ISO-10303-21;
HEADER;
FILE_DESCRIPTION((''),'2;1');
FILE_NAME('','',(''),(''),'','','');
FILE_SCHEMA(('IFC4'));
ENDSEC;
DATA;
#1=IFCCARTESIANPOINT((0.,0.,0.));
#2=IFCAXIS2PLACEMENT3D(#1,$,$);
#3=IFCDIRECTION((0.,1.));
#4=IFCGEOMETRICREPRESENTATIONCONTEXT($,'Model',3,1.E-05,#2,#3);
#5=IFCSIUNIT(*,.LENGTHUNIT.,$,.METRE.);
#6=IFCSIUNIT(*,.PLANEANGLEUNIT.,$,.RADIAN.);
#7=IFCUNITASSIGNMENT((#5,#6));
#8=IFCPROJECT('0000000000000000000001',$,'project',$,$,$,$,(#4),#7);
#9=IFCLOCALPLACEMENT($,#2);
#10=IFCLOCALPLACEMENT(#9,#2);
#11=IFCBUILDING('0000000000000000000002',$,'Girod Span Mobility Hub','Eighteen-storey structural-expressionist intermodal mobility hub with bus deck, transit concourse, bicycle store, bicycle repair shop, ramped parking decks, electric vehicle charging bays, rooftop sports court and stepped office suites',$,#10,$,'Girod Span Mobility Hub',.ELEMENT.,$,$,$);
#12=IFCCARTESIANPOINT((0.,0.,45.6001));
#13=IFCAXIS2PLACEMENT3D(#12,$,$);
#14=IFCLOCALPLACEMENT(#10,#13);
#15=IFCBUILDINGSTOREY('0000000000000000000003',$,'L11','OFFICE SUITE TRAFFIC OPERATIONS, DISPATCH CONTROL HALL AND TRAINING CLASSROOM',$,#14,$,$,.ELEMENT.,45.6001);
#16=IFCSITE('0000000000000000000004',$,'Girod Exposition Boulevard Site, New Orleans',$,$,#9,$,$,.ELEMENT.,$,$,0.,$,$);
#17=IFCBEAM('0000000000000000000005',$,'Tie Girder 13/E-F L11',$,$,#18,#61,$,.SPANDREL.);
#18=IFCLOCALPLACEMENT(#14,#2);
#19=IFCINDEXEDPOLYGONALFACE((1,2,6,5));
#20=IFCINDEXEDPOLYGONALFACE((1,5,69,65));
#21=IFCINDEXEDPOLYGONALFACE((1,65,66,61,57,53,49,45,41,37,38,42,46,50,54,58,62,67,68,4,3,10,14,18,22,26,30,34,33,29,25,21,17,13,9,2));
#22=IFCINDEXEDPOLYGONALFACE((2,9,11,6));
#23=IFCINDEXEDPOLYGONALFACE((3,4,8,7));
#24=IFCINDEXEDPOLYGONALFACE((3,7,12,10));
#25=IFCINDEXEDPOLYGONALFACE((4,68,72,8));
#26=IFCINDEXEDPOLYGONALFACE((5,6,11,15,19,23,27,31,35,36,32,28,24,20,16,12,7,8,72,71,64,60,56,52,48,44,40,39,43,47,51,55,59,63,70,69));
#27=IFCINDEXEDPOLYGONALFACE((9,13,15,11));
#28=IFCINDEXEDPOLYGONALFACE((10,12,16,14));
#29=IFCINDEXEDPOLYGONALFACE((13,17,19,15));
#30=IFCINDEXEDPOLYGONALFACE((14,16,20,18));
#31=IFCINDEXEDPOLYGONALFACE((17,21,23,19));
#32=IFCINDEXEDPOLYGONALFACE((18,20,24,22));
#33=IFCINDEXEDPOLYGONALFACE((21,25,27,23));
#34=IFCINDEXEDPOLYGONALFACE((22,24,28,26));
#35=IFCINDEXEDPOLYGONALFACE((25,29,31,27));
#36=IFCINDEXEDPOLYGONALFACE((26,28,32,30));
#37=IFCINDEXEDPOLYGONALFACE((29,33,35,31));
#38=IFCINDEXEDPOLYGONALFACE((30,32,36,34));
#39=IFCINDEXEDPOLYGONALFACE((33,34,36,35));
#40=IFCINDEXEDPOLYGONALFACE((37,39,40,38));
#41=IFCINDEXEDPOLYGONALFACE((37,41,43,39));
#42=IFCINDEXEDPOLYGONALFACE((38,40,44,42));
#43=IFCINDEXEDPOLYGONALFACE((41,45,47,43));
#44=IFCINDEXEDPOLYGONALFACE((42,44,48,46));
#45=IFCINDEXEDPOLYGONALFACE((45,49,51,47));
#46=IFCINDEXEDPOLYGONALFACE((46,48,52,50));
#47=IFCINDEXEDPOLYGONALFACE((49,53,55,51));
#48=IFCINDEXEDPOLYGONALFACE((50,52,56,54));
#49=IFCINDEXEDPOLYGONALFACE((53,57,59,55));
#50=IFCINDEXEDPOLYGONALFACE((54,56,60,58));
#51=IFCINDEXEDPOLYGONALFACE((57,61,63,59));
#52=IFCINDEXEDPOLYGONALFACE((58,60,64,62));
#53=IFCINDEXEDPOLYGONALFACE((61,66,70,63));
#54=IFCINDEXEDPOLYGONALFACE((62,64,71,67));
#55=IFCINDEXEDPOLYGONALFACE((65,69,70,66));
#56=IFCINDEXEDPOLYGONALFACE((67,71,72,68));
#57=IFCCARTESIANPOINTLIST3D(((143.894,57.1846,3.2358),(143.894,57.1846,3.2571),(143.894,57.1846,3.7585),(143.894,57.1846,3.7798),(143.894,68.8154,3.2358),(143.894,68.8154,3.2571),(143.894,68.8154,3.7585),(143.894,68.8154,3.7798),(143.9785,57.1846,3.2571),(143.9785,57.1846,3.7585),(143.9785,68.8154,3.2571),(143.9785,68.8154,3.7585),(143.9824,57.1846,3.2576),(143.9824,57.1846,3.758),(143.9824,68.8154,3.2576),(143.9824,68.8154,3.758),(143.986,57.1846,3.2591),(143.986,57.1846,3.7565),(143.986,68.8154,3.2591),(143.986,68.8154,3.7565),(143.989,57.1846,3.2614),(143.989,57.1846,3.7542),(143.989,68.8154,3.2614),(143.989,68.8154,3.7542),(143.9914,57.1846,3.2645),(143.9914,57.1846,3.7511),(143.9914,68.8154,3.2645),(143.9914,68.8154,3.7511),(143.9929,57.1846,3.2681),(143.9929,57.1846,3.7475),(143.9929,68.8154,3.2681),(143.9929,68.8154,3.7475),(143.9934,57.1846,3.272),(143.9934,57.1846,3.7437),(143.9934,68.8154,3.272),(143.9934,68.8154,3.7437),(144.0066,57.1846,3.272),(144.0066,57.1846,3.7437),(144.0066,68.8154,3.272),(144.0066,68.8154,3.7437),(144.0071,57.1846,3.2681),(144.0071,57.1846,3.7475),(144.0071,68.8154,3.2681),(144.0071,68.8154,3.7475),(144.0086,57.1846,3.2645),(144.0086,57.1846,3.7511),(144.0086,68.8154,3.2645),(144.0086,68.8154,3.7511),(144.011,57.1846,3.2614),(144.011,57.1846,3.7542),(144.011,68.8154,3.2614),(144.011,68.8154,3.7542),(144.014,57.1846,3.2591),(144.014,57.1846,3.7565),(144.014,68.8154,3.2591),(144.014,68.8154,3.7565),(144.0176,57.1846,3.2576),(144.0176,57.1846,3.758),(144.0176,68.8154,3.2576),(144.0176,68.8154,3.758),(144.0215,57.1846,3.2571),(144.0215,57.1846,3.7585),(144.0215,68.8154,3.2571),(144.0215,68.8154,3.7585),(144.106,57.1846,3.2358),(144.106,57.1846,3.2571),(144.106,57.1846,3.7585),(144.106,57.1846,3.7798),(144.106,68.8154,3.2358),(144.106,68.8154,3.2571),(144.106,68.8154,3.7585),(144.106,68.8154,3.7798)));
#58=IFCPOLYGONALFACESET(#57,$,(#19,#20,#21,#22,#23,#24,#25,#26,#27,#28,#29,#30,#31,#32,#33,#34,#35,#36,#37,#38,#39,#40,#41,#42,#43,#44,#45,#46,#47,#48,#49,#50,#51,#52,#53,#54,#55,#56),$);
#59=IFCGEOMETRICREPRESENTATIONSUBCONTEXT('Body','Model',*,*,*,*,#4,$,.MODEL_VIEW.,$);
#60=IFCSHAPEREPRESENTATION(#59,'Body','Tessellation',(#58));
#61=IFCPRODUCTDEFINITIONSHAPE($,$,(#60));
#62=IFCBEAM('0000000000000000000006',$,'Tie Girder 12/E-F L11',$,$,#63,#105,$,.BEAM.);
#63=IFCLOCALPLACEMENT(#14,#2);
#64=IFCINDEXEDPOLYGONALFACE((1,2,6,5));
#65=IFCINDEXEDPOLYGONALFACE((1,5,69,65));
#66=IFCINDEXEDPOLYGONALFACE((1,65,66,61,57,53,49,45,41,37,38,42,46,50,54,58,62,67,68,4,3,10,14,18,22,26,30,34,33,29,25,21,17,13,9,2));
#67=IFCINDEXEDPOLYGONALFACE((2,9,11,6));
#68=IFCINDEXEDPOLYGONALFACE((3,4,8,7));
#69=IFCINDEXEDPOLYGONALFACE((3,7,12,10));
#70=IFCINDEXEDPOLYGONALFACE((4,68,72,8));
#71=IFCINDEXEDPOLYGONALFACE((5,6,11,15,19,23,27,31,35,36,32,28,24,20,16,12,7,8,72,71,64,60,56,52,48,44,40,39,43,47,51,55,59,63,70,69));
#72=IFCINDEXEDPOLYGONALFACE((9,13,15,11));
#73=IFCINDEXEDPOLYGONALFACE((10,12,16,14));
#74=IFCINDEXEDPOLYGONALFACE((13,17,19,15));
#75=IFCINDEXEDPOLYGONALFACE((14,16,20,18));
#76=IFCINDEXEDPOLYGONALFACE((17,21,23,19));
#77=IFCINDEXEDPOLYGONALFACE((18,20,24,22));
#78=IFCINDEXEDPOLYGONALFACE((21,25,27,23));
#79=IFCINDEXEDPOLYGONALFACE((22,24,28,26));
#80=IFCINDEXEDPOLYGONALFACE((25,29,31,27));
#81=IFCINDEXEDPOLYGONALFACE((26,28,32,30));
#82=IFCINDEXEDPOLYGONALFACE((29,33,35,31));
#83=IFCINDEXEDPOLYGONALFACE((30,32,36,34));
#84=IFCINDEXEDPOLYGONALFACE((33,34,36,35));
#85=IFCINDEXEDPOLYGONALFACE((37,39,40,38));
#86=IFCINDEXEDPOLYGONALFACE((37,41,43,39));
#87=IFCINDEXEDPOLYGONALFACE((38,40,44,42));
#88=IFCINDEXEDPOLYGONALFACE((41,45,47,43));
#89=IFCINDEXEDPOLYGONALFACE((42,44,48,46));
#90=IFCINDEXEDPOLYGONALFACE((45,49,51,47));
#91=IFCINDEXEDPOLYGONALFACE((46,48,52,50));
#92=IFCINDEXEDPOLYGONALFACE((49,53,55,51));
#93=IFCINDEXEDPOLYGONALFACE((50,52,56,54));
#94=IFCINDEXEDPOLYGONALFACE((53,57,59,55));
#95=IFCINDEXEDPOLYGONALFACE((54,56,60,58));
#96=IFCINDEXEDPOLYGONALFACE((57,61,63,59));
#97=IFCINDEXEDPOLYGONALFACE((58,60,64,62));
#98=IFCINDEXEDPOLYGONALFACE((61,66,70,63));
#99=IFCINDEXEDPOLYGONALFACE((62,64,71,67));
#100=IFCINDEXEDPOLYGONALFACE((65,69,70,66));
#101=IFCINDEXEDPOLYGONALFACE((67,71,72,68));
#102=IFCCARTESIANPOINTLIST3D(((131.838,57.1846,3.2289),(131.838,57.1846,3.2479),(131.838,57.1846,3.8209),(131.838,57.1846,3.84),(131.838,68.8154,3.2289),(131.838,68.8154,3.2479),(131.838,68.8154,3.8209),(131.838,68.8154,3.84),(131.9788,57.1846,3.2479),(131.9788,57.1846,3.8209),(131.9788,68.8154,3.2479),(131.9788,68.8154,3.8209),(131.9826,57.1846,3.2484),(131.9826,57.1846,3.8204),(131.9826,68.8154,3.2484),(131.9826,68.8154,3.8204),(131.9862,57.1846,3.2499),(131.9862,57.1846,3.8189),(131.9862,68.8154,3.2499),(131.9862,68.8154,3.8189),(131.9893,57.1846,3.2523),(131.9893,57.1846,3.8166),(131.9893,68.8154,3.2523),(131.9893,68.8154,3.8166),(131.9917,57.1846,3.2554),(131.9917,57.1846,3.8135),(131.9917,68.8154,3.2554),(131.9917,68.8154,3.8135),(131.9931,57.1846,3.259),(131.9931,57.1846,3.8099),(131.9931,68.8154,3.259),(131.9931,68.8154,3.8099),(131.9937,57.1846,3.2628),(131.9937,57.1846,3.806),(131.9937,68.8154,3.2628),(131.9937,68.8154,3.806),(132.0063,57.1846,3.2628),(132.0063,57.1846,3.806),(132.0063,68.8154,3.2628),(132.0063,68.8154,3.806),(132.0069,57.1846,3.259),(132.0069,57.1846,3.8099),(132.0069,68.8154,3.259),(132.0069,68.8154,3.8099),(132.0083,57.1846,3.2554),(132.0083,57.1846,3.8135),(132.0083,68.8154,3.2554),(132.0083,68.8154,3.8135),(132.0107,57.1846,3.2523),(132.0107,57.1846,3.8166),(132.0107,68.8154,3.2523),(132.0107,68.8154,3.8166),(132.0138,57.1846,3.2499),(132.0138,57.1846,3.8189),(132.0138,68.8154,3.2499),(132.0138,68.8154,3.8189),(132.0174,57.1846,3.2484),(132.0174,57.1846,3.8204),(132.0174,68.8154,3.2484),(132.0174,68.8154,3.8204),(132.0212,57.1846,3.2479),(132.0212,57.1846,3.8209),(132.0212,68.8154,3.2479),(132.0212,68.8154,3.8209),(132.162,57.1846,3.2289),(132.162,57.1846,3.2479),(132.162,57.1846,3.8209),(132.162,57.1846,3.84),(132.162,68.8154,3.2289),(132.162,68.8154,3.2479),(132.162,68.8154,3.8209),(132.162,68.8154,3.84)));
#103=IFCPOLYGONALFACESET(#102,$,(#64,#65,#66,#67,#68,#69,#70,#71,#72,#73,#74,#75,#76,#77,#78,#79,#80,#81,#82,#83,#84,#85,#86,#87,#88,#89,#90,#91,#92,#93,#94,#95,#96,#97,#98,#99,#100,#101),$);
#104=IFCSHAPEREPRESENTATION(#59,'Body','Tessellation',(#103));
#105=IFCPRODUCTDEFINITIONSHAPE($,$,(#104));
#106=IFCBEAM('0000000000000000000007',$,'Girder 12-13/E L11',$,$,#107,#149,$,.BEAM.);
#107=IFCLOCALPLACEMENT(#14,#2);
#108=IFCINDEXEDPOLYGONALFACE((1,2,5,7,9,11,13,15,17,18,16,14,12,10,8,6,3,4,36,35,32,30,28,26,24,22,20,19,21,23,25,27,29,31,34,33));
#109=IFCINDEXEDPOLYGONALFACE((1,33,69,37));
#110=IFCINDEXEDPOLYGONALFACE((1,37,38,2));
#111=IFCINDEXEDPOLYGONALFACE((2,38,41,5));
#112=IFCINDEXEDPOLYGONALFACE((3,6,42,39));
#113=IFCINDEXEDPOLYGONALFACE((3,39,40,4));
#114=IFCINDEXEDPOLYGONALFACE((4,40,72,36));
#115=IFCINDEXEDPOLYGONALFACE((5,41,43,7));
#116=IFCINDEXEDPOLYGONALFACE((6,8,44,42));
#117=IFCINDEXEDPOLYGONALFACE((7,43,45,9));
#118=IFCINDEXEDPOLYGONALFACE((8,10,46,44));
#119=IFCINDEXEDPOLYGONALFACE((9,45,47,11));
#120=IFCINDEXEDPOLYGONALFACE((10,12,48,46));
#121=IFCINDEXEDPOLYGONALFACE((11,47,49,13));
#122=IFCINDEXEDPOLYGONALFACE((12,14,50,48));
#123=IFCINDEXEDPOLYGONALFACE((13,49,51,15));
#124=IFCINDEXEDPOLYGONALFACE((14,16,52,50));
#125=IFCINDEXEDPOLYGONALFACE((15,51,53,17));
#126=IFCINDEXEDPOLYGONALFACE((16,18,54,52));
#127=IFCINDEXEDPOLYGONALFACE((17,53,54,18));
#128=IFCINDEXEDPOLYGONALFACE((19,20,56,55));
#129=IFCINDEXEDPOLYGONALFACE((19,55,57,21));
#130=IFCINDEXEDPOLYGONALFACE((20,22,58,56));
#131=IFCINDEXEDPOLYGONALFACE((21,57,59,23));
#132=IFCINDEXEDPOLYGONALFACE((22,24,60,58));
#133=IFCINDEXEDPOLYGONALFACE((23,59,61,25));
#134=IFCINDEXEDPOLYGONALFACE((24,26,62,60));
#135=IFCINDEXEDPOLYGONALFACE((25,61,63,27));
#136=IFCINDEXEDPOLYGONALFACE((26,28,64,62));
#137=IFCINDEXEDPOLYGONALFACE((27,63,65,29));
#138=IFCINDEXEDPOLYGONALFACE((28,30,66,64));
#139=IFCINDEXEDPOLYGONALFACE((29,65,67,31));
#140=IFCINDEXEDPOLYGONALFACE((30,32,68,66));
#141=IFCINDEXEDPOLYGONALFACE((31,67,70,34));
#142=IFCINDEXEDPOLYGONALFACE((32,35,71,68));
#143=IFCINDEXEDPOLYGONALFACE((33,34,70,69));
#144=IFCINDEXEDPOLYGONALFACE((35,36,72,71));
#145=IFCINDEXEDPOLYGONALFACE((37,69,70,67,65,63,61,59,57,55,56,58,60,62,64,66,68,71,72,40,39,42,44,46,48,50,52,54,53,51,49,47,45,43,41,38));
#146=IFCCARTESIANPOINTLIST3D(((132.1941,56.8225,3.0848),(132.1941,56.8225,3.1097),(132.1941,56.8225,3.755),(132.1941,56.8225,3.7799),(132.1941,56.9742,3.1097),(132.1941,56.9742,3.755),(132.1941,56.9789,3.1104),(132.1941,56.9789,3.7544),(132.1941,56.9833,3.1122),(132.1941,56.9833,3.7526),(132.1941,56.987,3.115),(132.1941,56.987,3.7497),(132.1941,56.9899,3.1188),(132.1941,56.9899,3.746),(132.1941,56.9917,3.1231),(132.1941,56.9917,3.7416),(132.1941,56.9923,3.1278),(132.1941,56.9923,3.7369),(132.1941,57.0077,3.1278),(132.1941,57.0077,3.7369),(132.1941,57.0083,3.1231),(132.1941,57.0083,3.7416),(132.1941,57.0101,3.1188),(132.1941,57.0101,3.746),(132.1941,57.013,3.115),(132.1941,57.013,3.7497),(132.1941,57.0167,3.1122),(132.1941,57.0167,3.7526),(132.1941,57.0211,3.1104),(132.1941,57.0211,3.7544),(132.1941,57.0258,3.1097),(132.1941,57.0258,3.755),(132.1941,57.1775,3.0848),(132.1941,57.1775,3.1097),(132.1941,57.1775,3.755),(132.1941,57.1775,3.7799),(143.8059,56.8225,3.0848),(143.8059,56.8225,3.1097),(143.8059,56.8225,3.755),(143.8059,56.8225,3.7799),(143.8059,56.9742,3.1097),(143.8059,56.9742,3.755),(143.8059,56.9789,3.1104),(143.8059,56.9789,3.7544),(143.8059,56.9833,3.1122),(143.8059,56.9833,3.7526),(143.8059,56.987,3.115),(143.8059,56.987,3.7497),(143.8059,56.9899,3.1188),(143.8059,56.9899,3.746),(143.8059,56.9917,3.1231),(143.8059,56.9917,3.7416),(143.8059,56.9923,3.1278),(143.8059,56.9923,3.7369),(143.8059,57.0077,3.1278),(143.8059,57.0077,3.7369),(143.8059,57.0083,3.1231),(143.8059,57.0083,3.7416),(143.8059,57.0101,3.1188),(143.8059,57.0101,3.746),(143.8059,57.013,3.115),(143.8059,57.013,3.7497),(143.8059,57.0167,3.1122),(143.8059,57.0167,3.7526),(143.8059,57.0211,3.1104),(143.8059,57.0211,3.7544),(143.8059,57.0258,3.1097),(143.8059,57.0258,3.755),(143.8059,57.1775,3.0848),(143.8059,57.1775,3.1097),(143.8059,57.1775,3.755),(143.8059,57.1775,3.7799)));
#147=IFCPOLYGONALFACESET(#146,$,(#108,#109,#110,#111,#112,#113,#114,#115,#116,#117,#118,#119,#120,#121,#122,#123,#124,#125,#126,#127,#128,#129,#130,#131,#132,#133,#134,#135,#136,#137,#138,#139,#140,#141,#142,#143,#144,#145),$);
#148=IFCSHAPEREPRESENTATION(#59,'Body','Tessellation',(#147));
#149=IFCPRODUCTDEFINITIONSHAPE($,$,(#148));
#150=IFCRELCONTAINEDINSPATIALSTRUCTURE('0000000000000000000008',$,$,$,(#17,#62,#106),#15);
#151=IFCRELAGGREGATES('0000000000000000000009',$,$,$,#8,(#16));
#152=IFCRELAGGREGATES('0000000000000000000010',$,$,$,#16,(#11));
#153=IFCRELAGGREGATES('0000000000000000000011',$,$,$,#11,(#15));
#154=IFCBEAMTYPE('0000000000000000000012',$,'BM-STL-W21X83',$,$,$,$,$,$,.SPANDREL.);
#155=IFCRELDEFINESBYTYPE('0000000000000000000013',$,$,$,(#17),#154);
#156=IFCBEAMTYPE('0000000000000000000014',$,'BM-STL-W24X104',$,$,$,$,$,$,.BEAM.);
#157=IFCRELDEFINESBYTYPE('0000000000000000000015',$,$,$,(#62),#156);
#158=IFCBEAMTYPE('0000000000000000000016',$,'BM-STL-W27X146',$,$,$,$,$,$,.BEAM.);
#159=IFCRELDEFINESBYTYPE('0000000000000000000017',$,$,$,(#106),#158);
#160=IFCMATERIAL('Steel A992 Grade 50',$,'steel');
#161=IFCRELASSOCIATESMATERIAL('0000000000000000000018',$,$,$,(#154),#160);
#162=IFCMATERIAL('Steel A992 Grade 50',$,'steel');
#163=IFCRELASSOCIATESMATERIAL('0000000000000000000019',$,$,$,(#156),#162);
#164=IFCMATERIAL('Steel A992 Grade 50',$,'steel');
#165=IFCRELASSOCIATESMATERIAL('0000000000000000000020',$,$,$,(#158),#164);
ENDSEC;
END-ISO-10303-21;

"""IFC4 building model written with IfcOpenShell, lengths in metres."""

from ifc_helpers import new_model, si_unit, direction, frame, origin, origin_2d, place, context, subcontext, project, spatial, i_section, extrude, material, material_profile, profile_set, type_object, element, save


model = new_model("IFC4")

# Units and contexts
model_context = context("Model", 3, precision=1e-05, world=origin(), true_north=direction((0.0, 1.0)))
body_context = subcontext(model_context, "Body", "Model", "MODEL_VIEW")
ifc_project = project(units=[si_unit("LENGTHUNIT", "METRE"), si_unit("PLANEANGLEUNIT", "RADIAN")], contexts=[model_context])

# Site, building, storey
site_placement = place(None, origin())
site = spatial("IfcSite", under=ifc_project, at=site_placement, Name="Girod Exposition Boulevard Site, New Orleans", CompositionType="ELEMENT", RefElevation=0.0)
building_placement = place(site_placement, origin())
building = spatial("IfcBuilding", under=site, at=building_placement, Name="Girod Span Mobility Hub", Description="Eighteen-storey structural-expressionist intermodal mobility hub with bus deck, transit concourse, bicycle store, bicycle repair shop, ramped parking decks, electric vehicle charging bays, rooftop sports court and stepped office suites", LongName="Girod Span Mobility Hub", CompositionType="ELEMENT")
storey_placement = place(building_placement, frame((0.0, 0.0, 45.6001)))
storey = spatial("IfcBuildingStorey", under=building, at=storey_placement, Name="L11", Description="OFFICE SUITE TRAFFIC OPERATIONS, DISPATCH CONTROL HALL AND TRAINING CLASSROOM", CompositionType="ELEMENT", Elevation=45.6001)

# Beams
ifc_material_1 = material(Name="Steel A992 Grade 50", Category="steel")
ifc_material_profile_1 = material_profile(ifc_material_1, i_section(OverallWidth=0.2119, OverallDepth=0.5439, WebThickness=0.0132, FlangeThickness=0.0212, FilletRadius=0.0149, at=origin_2d()), Name="W21X83")
ifc_profile_set_1 = profile_set([ifc_material_profile_1], Name="Steel A992 Grade 50")
beam_type_1 = type_object("IfcBeamType", Name="BM-STL-W21X83", PredefinedType="SPANDREL", material=ifc_profile_set_1)
beam_1_placement = place(storey_placement, frame((144.0, 57.1846, 3.5078), z_axis=(0.0, 1.0, 0.0), x_axis=(-1.0, 0.0, 0.0)))
element("IfcBeam", 1, at=beam_1_placement, inside=storey, type_object=beam_type_1, Name="Tie Girder 13/E-F L11", PredefinedType="SPANDREL", context=body_context, shape_type="SweptSolid", body=[
    extrude(i_section(OverallWidth=0.2119, OverallDepth=0.5439, WebThickness=0.0132, FlangeThickness=0.0212, FilletRadius=0.0149, at=origin_2d()), origin(), (0.0, 0.0, 1.0), 11.6309),
])
ifc_material_2 = material(Name="Steel A992 Grade 50", Category="steel")
ifc_material_profile_2 = material_profile(ifc_material_2, i_section(OverallWidth=0.324, OverallDepth=0.6111, WebThickness=0.0127, FlangeThickness=0.019, FilletRadius=0.0149, at=origin_2d()), Name="W24X104")
ifc_profile_set_2 = profile_set([ifc_material_profile_2], Name="Steel A992 Grade 50")
beam_type_2 = type_object("IfcBeamType", Name="BM-STL-W24X104", PredefinedType="BEAM", material=ifc_profile_set_2)
beam_2_placement = place(storey_placement, frame((132.0, 57.1846, 3.5344), z_axis=(0.0, 1.0, 0.0), x_axis=(-1.0, 0.0, 0.0)))
element("IfcBeam", 2, at=beam_2_placement, inside=storey, type_object=beam_type_2, Name="Tie Girder 12/E-F L11", PredefinedType="BEAM", context=body_context, shape_type="SweptSolid", body=[
    extrude(i_section(OverallWidth=0.324, OverallDepth=0.6111, WebThickness=0.0127, FlangeThickness=0.019, FilletRadius=0.0149, at=origin_2d()), origin(), (0.0, 0.0, 1.0), 11.6309),
])
ifc_material_3 = material(Name="Steel A992 Grade 50", Category="steel")
ifc_material_profile_3 = material_profile(ifc_material_3, i_section(OverallWidth=0.355, OverallDepth=0.6951, WebThickness=0.0154, FlangeThickness=0.0249, FilletRadius=0.0181, at=origin_2d()), Name="W27X146")
ifc_profile_set_3 = profile_set([ifc_material_profile_3], Name="Steel A992 Grade 50")
beam_type_3 = type_object("IfcBeamType", Name="BM-STL-W27X146", PredefinedType="BEAM", material=ifc_profile_set_3)
beam_3_placement = place(storey_placement, frame((132.1941, 57.0, 3.4324), z_axis=(1.0, 0.0, 0.0), x_axis=(0.0, 1.0, 0.0)))
element("IfcBeam", 3, at=beam_3_placement, inside=storey, type_object=beam_type_3, Name="Girder 12-13/E L11", PredefinedType="BEAM", context=body_context, shape_type="SweptSolid", body=[
    extrude(i_section(OverallWidth=0.355, OverallDepth=0.6951, WebThickness=0.0154, FlangeThickness=0.0249, FilletRadius=0.0181, at=origin_2d()), origin(), (0.0, 0.0, 1.0), 11.6118),
])

save(model, "model.ifc")
